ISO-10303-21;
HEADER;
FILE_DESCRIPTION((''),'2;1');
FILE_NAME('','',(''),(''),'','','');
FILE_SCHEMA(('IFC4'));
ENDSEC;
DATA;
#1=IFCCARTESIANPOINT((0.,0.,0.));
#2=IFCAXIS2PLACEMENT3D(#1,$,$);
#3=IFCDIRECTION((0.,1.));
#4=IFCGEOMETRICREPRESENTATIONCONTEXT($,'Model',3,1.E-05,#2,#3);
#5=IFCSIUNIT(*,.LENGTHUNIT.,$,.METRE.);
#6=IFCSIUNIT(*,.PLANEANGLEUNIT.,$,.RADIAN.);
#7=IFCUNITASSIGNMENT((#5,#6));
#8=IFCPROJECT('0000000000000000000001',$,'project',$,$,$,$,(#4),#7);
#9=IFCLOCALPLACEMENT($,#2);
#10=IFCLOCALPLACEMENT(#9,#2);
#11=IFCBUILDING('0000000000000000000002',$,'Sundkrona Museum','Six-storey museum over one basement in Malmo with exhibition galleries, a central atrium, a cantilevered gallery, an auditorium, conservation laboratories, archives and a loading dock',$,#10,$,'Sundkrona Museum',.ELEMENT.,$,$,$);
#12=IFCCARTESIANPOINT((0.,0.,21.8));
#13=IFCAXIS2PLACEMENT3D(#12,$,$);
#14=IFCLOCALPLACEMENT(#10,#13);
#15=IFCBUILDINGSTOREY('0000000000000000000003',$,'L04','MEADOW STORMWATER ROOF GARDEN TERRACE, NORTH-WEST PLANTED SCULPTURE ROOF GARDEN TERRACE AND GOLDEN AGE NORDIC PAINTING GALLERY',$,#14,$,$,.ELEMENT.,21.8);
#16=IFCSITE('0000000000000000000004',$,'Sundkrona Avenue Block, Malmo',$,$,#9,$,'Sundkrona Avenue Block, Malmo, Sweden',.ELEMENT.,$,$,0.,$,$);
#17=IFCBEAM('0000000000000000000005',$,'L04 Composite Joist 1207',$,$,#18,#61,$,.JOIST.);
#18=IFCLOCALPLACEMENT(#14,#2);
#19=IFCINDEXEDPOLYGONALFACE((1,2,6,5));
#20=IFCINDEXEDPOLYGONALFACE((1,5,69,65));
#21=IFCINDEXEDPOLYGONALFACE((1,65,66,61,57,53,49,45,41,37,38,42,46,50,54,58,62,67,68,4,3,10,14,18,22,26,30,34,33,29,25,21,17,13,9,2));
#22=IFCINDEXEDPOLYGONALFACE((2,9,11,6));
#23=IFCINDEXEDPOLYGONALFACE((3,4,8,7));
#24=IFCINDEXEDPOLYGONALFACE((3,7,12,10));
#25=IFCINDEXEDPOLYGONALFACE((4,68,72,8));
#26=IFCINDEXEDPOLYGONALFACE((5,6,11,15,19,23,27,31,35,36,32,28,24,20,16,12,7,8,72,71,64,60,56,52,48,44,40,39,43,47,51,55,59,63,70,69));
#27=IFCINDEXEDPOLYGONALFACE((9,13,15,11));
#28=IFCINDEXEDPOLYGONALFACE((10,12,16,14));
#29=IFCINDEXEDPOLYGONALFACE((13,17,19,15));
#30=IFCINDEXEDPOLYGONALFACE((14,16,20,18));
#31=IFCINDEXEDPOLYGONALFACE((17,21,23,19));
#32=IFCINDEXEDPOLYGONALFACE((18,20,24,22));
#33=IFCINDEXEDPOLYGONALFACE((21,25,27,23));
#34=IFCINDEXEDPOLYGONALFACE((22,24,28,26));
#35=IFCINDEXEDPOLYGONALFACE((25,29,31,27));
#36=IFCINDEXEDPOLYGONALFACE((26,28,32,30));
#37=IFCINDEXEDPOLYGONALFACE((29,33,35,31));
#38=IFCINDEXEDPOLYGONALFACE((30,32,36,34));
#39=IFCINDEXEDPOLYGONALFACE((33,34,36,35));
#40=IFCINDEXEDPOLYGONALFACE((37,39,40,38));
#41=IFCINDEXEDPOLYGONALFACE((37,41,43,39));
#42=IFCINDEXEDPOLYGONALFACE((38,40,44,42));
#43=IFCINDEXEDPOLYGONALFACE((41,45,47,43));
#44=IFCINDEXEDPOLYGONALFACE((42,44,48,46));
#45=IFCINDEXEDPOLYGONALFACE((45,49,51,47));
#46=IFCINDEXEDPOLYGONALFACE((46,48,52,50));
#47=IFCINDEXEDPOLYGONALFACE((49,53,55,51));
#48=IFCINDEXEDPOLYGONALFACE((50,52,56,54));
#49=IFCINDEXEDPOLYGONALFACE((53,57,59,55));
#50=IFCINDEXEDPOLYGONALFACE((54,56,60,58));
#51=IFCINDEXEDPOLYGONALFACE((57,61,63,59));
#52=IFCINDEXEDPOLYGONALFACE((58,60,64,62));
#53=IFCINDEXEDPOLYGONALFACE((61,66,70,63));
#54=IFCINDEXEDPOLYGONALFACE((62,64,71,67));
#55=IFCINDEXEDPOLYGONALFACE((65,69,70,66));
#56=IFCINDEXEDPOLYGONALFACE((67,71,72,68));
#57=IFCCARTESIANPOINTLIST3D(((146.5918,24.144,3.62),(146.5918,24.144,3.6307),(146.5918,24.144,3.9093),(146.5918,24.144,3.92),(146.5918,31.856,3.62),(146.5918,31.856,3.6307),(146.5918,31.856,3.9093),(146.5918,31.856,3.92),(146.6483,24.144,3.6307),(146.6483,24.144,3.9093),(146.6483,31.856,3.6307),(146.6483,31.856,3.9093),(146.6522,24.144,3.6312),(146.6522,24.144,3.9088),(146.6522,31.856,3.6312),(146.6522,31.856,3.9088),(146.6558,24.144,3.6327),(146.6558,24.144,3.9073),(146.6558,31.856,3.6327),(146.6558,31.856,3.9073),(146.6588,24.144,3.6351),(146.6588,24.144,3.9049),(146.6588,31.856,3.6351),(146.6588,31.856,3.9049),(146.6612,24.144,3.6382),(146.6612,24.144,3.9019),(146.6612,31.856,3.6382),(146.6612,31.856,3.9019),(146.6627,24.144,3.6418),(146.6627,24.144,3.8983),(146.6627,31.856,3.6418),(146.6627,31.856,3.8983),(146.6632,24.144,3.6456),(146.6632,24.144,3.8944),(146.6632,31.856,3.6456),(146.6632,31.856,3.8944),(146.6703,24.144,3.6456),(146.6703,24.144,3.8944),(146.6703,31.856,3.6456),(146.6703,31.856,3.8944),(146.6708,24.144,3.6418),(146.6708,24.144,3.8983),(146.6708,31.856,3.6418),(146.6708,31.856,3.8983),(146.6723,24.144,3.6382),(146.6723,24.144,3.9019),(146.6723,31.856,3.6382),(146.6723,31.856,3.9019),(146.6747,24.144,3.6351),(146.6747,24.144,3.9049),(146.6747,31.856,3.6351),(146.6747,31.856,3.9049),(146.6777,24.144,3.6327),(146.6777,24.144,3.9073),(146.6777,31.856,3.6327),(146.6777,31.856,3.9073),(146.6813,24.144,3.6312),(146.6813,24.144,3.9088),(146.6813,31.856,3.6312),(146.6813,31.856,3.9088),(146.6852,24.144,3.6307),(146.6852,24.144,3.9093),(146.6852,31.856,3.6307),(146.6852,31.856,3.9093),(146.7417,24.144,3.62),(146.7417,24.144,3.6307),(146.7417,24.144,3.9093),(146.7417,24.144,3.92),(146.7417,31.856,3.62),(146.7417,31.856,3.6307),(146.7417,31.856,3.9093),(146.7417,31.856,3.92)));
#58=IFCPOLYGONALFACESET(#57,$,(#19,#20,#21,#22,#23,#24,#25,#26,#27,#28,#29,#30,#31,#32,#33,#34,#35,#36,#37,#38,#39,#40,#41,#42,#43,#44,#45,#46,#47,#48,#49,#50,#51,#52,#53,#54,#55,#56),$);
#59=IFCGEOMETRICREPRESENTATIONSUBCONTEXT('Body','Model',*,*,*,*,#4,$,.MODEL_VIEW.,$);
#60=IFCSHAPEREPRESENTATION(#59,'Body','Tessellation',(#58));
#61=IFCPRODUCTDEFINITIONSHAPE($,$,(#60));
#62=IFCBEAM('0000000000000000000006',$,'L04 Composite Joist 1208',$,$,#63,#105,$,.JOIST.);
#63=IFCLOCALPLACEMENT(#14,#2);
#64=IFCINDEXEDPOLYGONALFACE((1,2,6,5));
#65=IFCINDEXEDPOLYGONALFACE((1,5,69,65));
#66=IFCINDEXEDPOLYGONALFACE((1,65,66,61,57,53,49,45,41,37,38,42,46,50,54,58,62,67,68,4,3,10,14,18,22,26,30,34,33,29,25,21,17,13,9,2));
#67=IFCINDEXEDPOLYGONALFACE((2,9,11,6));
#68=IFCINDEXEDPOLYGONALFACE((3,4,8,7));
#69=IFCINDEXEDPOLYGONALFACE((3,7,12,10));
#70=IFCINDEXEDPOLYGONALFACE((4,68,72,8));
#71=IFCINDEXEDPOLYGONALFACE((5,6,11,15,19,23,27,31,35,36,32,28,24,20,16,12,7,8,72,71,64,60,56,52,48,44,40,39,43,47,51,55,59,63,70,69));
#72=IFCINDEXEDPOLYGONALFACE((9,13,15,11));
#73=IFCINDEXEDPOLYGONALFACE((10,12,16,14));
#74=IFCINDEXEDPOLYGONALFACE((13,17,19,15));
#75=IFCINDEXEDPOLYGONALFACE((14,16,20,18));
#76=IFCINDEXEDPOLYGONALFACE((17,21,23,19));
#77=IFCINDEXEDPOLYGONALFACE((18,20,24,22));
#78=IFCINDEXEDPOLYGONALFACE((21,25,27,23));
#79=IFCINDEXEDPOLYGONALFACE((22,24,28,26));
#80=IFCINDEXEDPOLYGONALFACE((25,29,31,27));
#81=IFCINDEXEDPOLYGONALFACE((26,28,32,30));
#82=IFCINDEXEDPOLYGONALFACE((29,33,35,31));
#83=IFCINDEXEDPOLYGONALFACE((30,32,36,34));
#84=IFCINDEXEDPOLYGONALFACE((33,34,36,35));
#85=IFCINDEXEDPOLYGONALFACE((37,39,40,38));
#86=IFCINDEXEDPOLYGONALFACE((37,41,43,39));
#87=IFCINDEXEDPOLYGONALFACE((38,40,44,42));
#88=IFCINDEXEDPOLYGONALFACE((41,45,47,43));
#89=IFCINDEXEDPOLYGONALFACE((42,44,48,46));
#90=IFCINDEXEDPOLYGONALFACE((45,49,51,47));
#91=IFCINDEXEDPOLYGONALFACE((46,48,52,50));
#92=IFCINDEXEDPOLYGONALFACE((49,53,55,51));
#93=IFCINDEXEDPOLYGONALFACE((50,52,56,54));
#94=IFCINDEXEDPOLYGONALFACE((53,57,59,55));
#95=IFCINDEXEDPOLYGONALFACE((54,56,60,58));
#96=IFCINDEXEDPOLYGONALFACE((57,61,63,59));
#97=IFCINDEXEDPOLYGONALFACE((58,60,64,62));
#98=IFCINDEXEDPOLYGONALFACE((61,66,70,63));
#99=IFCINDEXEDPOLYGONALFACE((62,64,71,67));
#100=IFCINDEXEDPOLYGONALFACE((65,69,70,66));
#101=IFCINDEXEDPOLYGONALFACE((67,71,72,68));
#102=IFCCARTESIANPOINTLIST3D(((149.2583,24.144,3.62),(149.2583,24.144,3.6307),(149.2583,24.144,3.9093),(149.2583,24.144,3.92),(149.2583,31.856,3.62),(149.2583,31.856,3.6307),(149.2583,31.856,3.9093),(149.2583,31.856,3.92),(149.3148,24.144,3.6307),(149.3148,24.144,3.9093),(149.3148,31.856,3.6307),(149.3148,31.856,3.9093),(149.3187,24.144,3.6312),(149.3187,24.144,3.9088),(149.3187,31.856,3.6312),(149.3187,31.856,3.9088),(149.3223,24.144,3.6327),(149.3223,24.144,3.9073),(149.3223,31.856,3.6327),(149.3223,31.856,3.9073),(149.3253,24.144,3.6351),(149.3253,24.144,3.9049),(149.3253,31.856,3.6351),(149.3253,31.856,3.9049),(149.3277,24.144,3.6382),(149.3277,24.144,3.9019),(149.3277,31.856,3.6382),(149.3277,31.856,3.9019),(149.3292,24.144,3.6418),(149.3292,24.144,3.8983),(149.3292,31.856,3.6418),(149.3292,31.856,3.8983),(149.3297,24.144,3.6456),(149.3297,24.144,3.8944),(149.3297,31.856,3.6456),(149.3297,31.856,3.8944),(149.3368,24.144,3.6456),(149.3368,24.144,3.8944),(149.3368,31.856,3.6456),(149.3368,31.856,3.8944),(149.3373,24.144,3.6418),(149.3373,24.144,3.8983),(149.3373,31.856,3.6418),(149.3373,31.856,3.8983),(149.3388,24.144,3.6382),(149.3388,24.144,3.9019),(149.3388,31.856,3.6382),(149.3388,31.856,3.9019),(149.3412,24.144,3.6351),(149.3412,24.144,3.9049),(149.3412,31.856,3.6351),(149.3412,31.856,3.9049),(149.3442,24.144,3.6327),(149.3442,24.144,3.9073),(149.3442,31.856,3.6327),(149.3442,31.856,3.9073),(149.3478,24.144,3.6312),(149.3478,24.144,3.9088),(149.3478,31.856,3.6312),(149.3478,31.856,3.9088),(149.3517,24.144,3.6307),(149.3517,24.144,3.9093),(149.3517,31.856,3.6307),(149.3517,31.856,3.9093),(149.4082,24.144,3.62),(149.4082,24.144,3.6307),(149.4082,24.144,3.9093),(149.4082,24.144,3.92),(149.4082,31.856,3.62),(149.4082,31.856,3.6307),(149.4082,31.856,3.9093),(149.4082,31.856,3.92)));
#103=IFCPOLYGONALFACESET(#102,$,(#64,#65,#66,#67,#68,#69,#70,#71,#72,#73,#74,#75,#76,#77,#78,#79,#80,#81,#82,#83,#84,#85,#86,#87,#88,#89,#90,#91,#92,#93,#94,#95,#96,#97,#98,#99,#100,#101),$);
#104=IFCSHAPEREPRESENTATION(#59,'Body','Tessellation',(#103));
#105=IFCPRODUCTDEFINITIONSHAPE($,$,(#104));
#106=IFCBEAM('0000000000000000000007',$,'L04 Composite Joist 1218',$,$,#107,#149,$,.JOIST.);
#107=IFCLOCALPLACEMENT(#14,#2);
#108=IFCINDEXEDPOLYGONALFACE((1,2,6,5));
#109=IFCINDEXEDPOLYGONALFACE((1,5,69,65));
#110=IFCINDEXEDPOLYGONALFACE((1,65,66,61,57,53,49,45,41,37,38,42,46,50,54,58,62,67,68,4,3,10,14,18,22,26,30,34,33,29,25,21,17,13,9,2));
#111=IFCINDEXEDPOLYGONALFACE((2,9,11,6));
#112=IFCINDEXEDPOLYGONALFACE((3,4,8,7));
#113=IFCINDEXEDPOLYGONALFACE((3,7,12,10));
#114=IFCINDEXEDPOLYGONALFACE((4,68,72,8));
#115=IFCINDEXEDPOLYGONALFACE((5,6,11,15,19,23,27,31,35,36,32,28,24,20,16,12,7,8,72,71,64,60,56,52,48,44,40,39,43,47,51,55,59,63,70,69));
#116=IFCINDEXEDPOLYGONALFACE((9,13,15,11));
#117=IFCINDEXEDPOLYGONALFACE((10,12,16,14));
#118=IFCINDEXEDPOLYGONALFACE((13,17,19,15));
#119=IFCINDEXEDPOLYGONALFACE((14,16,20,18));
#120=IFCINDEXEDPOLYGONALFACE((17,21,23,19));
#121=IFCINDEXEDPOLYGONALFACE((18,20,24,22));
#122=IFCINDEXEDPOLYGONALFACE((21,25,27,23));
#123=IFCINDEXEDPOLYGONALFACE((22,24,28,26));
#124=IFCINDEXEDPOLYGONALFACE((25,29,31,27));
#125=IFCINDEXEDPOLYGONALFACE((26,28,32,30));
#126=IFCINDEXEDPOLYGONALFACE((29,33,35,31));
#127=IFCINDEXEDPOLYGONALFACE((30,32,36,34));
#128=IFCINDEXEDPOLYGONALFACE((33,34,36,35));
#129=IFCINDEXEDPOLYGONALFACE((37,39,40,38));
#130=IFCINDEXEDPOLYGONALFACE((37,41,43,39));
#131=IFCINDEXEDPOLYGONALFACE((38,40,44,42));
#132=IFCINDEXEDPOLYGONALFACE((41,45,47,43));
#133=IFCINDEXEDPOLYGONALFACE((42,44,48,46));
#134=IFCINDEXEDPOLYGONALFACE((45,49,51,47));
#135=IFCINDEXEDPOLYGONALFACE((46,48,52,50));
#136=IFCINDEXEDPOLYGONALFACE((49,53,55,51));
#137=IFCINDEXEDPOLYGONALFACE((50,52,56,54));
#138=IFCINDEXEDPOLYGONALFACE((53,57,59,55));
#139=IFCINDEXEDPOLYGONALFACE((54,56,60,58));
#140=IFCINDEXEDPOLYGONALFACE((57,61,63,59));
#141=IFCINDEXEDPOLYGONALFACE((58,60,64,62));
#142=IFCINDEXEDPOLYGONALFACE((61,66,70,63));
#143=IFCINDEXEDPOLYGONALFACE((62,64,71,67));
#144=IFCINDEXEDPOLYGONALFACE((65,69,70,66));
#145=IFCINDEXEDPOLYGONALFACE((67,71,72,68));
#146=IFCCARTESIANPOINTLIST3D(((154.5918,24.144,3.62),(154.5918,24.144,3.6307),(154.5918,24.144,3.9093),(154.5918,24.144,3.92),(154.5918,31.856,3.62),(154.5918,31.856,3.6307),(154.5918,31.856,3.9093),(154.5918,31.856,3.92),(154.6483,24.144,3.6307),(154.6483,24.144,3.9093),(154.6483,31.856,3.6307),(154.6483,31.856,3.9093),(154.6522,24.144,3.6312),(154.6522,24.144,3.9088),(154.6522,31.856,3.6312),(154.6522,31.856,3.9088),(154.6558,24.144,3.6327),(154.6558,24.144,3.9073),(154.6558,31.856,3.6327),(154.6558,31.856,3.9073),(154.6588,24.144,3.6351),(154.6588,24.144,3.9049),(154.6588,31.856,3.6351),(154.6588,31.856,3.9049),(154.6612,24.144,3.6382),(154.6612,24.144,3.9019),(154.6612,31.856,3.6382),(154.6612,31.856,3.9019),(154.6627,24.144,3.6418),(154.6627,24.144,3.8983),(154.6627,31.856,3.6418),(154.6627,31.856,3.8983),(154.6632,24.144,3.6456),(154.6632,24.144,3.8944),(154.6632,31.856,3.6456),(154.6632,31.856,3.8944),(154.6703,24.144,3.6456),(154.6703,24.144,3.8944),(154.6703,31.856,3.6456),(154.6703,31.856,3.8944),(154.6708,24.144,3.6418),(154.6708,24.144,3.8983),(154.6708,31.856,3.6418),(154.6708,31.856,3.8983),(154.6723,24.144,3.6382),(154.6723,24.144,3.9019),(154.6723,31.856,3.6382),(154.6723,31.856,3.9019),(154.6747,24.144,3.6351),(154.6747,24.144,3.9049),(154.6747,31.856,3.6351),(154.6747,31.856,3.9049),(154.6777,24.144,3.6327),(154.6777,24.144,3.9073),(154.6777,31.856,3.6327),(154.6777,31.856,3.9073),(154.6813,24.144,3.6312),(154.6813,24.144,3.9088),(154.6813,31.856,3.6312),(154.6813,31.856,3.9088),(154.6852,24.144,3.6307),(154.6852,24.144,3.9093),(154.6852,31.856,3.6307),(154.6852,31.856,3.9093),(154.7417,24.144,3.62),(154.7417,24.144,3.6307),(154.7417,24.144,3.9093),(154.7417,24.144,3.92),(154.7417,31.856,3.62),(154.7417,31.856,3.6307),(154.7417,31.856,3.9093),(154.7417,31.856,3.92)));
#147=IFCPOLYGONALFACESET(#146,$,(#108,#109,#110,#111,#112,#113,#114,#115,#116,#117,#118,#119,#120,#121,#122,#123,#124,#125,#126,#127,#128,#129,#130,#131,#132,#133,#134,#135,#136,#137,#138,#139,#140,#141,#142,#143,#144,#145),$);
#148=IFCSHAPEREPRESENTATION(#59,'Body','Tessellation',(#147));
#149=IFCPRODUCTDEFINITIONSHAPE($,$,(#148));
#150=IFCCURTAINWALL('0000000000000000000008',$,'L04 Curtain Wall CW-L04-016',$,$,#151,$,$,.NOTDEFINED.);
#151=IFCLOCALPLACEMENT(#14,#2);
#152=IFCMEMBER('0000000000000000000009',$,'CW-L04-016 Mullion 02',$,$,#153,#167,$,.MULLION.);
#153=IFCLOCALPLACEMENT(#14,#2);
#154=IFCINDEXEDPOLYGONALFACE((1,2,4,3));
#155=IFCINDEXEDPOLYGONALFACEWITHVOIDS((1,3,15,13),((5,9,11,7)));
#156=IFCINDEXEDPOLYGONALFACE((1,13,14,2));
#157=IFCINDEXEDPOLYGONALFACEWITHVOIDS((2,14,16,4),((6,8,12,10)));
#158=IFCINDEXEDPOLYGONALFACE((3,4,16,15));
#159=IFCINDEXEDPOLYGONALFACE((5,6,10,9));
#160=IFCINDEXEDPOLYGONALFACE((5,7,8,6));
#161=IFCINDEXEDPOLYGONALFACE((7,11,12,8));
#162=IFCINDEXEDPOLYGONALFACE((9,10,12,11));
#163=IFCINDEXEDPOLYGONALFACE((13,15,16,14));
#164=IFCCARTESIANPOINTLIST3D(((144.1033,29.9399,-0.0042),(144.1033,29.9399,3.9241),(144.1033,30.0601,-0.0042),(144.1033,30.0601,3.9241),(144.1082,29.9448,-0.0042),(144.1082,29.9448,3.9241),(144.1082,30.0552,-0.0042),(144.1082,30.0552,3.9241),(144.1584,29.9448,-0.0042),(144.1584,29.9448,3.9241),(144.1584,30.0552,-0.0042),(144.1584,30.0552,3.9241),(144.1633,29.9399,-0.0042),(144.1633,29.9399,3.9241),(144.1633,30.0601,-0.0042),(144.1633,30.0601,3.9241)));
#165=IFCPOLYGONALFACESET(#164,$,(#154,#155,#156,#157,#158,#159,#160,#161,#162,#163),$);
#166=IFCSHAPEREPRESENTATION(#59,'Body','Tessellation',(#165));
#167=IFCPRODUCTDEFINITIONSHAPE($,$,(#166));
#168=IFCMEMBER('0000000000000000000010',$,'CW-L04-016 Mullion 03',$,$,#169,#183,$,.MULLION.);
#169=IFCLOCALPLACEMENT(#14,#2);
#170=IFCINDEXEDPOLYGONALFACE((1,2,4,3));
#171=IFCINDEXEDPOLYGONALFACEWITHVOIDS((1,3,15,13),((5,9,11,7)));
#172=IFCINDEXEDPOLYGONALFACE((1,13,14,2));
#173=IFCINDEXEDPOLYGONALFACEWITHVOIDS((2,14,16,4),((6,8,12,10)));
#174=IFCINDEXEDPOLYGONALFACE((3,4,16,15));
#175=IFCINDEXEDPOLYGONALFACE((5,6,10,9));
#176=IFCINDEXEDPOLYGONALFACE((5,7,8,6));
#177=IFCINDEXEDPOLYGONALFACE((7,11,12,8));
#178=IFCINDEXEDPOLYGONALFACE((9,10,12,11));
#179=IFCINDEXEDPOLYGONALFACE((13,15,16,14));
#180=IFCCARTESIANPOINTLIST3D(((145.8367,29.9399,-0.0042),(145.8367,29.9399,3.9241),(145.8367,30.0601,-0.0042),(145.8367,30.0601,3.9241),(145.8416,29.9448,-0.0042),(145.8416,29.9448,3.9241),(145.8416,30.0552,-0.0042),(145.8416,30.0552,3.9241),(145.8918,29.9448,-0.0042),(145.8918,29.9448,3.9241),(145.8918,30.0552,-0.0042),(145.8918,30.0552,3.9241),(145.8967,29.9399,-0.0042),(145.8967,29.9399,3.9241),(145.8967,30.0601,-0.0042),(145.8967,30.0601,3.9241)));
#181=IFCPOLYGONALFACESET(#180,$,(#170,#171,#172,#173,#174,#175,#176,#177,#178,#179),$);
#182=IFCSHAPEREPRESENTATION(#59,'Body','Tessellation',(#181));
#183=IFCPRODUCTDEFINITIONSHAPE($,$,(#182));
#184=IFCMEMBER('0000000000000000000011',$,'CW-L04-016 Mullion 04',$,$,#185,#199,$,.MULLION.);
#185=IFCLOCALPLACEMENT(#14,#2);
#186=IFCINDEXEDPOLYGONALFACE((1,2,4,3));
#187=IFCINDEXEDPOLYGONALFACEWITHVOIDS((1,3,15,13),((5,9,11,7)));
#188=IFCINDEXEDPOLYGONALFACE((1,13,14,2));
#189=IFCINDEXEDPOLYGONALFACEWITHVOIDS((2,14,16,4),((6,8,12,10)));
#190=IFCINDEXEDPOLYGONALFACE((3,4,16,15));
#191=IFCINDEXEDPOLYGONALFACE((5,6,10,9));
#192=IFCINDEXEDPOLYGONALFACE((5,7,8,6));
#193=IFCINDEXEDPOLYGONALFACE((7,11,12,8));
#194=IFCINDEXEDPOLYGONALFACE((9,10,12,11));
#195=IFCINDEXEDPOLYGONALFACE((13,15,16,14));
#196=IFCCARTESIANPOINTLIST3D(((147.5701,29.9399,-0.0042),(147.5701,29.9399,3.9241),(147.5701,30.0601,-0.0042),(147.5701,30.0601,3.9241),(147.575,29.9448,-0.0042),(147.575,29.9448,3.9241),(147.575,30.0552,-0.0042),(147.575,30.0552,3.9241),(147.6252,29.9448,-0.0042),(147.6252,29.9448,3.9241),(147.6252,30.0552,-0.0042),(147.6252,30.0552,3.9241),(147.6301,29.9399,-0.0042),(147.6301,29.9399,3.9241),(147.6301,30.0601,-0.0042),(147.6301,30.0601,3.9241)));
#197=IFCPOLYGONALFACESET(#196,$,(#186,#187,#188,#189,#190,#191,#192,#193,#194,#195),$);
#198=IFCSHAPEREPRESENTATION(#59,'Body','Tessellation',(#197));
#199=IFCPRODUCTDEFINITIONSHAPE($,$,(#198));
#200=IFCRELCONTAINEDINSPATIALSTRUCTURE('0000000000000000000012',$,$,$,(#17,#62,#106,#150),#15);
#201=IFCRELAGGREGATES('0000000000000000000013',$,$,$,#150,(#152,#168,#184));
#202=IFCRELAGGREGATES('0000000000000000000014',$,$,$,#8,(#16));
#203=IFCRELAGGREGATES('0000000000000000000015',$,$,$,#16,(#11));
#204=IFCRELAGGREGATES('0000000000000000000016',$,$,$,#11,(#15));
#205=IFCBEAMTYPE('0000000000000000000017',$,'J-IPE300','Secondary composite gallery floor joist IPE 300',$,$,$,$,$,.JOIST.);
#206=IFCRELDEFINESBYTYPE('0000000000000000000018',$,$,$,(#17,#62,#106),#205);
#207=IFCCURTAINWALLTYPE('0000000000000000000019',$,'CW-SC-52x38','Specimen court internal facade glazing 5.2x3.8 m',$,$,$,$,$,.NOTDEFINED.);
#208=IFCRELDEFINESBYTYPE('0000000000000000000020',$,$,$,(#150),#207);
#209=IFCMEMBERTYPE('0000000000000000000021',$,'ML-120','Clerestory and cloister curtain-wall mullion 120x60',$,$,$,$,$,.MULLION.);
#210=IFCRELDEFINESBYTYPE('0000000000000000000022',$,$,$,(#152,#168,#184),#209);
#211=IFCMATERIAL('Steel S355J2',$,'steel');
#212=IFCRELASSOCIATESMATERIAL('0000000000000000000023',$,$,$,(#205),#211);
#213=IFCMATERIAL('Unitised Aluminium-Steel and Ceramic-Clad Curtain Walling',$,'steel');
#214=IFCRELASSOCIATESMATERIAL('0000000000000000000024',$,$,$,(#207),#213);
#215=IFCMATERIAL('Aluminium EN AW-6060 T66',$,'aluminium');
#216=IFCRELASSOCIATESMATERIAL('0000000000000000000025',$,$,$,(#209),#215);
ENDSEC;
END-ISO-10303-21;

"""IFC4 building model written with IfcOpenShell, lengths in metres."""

from ifc_helpers import new_model, si_unit, direction, frame, origin, origin_2d, place, context, subcontext, project, spatial, hollow_rectangle, i_section, extrude, material, material_profile, profile_set, type_object, element, aggregate, save


model = new_model("IFC4")

# Units and contexts
model_context = context("Model", 3, precision=1e-05, world=origin(), true_north=direction((0.0, 1.0)))
body_context = subcontext(model_context, "Body", "Model", "MODEL_VIEW")
ifc_project = project(units=[si_unit("LENGTHUNIT", "METRE"), si_unit("PLANEANGLEUNIT", "RADIAN")], contexts=[model_context])

# Site, building, storey
site_placement = place(None, origin())
site = spatial("IfcSite", under=ifc_project, at=site_placement, Name="Sundkrona Avenue Block, Malmo", LongName="Sundkrona Avenue Block, Malmo, Sweden", CompositionType="ELEMENT", RefElevation=0.0)
building_placement = place(site_placement, origin())
building = spatial("IfcBuilding", under=site, at=building_placement, Name="Sundkrona Museum", Description="Six-storey museum over one basement in Malmo with exhibition galleries, a central atrium, a cantilevered gallery, an auditorium, conservation laboratories, archives and a loading dock", LongName="Sundkrona Museum", CompositionType="ELEMENT")
storey_placement = place(building_placement, frame((0.0, 0.0, 21.8)))
storey = spatial("IfcBuildingStorey", under=building, at=storey_placement, Name="L04", Description="MEADOW STORMWATER ROOF GARDEN TERRACE, NORTH-WEST PLANTED SCULPTURE ROOF GARDEN TERRACE AND GOLDEN AGE NORDIC PAINTING GALLERY", CompositionType="ELEMENT", Elevation=21.8)

# Beams
ifc_material_1 = material(Name="Steel S355J2", Category="steel")
ifc_material_profile_1 = material_profile(ifc_material_1, i_section(OverallWidth=0.1499, OverallDepth=0.3, WebThickness=0.0071, FlangeThickness=0.0107, FilletRadius=0.0149, at=origin_2d()), Name="IPE 300")
ifc_profile_set_1 = profile_set([ifc_material_profile_1], Name="Steel S355J2")
beam_type = type_object("IfcBeamType", Name="J-IPE300", Description="Secondary composite gallery floor joist IPE 300", PredefinedType="JOIST", material=ifc_profile_set_1)
for number, where, z_axis, x_axis, name in (
    (1, (146.6667, 24.144, 3.77), (0.0, 1.0, 0.0), (-1.0, 0.0, 0.0), "L04 Composite Joist 1207"),
    (2, (149.3333, 24.144, 3.77), (0.0, 1.0, 0.0), (-1.0, 0.0, 0.0), "L04 Composite Joist 1208"),
    (3, (154.6667, 24.144, 3.77), (0.0, 1.0, 0.0), (-1.0, 0.0, 0.0), "L04 Composite Joist 1218"),
):
    element("IfcBeam", number, at=place(storey_placement, frame(where, z_axis=z_axis, x_axis=x_axis)), inside=storey, type_object=beam_type, Name=name, PredefinedType="JOIST", context=body_context, shape_type="SweptSolid", body=[
        extrude(i_section(OverallWidth=0.1499, OverallDepth=0.3, WebThickness=0.0071, FlangeThickness=0.0107, FilletRadius=0.0149, at=origin_2d()), origin(), (0.0, 0.0, 1.0), 7.7119),
    ])

# Curtain wall, members
ifc_material_2 = material(Name="Unitised Aluminium-Steel and Ceramic-Clad Curtain Walling", Category="steel")
curtain_wall_type = type_object("IfcCurtainWallType", Name="CW-SC-52x38", Description="Specimen court internal facade glazing 5.2x3.8 m", PredefinedType="NOTDEFINED", material=ifc_material_2)
curtain_wall_placement = place(storey_placement, origin())
curtain_wall = element("IfcCurtainWall", 4, at=curtain_wall_placement, inside=storey, type_object=curtain_wall_type, Name="L04 Curtain Wall CW-L04-016", PredefinedType="NOTDEFINED")
ifc_material_3 = material(Name="Aluminium EN AW-6060 T66", Category="aluminium")
ifc_material_profile_2 = material_profile(ifc_material_3, hollow_rectangle(XDim=0.0601, YDim=0.1201, WallThickness=0.0049, at=origin_2d()), Name="RHS 120x60x5.0")
ifc_profile_set_2 = profile_set([ifc_material_profile_2], Name="Aluminium EN AW-6060 T66")
member_type_1 = type_object("IfcMemberType", Name="ML-120", Description="Clerestory and cloister curtain-wall mullion 120x60", PredefinedType="MULLION", material=ifc_profile_set_2)
member_1_placement = place(storey_placement, frame((144.1333, 30.0, -0.0042), z_axis=(0.0, 0.0, 1.0), x_axis=(1.0, 0.0, 0.0)))
member_1 = element("IfcMember", 5, at=member_1_placement, type_object=member_type_1, Name="CW-L04-016 Mullion 02", PredefinedType="MULLION", context=body_context, shape_type="SweptSolid", body=[
    extrude(hollow_rectangle(XDim=0.0601, YDim=0.1201, WallThickness=0.0049, at=origin_2d()), origin(), (0.0, 0.0, 1.0), 3.9282),
])
member_2_placement = place(storey_placement, frame((145.8667, 30.0, -0.0042), z_axis=(0.0, 0.0, 1.0), x_axis=(1.0, 0.0, 0.0)))
member_2 = element("IfcMember", 6, at=member_2_placement, type_object=member_type_1, Name="CW-L04-016 Mullion 03", PredefinedType="MULLION", context=body_context, shape_type="SweptSolid", body=[
    extrude(hollow_rectangle(XDim=0.0601, YDim=0.1201, WallThickness=0.0049, at=origin_2d()), origin(), (0.0, 0.0, 1.0), 3.9282),
])
member_3_placement = place(storey_placement, frame((147.6001, 30.0, -0.0042), z_axis=(0.0, 0.0, 1.0), x_axis=(1.0, 0.0, 0.0)))
member_3 = element("IfcMember", 7, at=member_3_placement, type_object=member_type_1, Name="CW-L04-016 Mullion 04", PredefinedType="MULLION", context=body_context, shape_type="SweptSolid", body=[
    extrude(hollow_rectangle(XDim=0.0601, YDim=0.1201, WallThickness=0.0049, at=origin_2d()), origin(), (0.0, 0.0, 1.0), 3.9282),
])
aggregate(curtain_wall, [member_1, member_2, member_3])

save(model, "model.ifc")
